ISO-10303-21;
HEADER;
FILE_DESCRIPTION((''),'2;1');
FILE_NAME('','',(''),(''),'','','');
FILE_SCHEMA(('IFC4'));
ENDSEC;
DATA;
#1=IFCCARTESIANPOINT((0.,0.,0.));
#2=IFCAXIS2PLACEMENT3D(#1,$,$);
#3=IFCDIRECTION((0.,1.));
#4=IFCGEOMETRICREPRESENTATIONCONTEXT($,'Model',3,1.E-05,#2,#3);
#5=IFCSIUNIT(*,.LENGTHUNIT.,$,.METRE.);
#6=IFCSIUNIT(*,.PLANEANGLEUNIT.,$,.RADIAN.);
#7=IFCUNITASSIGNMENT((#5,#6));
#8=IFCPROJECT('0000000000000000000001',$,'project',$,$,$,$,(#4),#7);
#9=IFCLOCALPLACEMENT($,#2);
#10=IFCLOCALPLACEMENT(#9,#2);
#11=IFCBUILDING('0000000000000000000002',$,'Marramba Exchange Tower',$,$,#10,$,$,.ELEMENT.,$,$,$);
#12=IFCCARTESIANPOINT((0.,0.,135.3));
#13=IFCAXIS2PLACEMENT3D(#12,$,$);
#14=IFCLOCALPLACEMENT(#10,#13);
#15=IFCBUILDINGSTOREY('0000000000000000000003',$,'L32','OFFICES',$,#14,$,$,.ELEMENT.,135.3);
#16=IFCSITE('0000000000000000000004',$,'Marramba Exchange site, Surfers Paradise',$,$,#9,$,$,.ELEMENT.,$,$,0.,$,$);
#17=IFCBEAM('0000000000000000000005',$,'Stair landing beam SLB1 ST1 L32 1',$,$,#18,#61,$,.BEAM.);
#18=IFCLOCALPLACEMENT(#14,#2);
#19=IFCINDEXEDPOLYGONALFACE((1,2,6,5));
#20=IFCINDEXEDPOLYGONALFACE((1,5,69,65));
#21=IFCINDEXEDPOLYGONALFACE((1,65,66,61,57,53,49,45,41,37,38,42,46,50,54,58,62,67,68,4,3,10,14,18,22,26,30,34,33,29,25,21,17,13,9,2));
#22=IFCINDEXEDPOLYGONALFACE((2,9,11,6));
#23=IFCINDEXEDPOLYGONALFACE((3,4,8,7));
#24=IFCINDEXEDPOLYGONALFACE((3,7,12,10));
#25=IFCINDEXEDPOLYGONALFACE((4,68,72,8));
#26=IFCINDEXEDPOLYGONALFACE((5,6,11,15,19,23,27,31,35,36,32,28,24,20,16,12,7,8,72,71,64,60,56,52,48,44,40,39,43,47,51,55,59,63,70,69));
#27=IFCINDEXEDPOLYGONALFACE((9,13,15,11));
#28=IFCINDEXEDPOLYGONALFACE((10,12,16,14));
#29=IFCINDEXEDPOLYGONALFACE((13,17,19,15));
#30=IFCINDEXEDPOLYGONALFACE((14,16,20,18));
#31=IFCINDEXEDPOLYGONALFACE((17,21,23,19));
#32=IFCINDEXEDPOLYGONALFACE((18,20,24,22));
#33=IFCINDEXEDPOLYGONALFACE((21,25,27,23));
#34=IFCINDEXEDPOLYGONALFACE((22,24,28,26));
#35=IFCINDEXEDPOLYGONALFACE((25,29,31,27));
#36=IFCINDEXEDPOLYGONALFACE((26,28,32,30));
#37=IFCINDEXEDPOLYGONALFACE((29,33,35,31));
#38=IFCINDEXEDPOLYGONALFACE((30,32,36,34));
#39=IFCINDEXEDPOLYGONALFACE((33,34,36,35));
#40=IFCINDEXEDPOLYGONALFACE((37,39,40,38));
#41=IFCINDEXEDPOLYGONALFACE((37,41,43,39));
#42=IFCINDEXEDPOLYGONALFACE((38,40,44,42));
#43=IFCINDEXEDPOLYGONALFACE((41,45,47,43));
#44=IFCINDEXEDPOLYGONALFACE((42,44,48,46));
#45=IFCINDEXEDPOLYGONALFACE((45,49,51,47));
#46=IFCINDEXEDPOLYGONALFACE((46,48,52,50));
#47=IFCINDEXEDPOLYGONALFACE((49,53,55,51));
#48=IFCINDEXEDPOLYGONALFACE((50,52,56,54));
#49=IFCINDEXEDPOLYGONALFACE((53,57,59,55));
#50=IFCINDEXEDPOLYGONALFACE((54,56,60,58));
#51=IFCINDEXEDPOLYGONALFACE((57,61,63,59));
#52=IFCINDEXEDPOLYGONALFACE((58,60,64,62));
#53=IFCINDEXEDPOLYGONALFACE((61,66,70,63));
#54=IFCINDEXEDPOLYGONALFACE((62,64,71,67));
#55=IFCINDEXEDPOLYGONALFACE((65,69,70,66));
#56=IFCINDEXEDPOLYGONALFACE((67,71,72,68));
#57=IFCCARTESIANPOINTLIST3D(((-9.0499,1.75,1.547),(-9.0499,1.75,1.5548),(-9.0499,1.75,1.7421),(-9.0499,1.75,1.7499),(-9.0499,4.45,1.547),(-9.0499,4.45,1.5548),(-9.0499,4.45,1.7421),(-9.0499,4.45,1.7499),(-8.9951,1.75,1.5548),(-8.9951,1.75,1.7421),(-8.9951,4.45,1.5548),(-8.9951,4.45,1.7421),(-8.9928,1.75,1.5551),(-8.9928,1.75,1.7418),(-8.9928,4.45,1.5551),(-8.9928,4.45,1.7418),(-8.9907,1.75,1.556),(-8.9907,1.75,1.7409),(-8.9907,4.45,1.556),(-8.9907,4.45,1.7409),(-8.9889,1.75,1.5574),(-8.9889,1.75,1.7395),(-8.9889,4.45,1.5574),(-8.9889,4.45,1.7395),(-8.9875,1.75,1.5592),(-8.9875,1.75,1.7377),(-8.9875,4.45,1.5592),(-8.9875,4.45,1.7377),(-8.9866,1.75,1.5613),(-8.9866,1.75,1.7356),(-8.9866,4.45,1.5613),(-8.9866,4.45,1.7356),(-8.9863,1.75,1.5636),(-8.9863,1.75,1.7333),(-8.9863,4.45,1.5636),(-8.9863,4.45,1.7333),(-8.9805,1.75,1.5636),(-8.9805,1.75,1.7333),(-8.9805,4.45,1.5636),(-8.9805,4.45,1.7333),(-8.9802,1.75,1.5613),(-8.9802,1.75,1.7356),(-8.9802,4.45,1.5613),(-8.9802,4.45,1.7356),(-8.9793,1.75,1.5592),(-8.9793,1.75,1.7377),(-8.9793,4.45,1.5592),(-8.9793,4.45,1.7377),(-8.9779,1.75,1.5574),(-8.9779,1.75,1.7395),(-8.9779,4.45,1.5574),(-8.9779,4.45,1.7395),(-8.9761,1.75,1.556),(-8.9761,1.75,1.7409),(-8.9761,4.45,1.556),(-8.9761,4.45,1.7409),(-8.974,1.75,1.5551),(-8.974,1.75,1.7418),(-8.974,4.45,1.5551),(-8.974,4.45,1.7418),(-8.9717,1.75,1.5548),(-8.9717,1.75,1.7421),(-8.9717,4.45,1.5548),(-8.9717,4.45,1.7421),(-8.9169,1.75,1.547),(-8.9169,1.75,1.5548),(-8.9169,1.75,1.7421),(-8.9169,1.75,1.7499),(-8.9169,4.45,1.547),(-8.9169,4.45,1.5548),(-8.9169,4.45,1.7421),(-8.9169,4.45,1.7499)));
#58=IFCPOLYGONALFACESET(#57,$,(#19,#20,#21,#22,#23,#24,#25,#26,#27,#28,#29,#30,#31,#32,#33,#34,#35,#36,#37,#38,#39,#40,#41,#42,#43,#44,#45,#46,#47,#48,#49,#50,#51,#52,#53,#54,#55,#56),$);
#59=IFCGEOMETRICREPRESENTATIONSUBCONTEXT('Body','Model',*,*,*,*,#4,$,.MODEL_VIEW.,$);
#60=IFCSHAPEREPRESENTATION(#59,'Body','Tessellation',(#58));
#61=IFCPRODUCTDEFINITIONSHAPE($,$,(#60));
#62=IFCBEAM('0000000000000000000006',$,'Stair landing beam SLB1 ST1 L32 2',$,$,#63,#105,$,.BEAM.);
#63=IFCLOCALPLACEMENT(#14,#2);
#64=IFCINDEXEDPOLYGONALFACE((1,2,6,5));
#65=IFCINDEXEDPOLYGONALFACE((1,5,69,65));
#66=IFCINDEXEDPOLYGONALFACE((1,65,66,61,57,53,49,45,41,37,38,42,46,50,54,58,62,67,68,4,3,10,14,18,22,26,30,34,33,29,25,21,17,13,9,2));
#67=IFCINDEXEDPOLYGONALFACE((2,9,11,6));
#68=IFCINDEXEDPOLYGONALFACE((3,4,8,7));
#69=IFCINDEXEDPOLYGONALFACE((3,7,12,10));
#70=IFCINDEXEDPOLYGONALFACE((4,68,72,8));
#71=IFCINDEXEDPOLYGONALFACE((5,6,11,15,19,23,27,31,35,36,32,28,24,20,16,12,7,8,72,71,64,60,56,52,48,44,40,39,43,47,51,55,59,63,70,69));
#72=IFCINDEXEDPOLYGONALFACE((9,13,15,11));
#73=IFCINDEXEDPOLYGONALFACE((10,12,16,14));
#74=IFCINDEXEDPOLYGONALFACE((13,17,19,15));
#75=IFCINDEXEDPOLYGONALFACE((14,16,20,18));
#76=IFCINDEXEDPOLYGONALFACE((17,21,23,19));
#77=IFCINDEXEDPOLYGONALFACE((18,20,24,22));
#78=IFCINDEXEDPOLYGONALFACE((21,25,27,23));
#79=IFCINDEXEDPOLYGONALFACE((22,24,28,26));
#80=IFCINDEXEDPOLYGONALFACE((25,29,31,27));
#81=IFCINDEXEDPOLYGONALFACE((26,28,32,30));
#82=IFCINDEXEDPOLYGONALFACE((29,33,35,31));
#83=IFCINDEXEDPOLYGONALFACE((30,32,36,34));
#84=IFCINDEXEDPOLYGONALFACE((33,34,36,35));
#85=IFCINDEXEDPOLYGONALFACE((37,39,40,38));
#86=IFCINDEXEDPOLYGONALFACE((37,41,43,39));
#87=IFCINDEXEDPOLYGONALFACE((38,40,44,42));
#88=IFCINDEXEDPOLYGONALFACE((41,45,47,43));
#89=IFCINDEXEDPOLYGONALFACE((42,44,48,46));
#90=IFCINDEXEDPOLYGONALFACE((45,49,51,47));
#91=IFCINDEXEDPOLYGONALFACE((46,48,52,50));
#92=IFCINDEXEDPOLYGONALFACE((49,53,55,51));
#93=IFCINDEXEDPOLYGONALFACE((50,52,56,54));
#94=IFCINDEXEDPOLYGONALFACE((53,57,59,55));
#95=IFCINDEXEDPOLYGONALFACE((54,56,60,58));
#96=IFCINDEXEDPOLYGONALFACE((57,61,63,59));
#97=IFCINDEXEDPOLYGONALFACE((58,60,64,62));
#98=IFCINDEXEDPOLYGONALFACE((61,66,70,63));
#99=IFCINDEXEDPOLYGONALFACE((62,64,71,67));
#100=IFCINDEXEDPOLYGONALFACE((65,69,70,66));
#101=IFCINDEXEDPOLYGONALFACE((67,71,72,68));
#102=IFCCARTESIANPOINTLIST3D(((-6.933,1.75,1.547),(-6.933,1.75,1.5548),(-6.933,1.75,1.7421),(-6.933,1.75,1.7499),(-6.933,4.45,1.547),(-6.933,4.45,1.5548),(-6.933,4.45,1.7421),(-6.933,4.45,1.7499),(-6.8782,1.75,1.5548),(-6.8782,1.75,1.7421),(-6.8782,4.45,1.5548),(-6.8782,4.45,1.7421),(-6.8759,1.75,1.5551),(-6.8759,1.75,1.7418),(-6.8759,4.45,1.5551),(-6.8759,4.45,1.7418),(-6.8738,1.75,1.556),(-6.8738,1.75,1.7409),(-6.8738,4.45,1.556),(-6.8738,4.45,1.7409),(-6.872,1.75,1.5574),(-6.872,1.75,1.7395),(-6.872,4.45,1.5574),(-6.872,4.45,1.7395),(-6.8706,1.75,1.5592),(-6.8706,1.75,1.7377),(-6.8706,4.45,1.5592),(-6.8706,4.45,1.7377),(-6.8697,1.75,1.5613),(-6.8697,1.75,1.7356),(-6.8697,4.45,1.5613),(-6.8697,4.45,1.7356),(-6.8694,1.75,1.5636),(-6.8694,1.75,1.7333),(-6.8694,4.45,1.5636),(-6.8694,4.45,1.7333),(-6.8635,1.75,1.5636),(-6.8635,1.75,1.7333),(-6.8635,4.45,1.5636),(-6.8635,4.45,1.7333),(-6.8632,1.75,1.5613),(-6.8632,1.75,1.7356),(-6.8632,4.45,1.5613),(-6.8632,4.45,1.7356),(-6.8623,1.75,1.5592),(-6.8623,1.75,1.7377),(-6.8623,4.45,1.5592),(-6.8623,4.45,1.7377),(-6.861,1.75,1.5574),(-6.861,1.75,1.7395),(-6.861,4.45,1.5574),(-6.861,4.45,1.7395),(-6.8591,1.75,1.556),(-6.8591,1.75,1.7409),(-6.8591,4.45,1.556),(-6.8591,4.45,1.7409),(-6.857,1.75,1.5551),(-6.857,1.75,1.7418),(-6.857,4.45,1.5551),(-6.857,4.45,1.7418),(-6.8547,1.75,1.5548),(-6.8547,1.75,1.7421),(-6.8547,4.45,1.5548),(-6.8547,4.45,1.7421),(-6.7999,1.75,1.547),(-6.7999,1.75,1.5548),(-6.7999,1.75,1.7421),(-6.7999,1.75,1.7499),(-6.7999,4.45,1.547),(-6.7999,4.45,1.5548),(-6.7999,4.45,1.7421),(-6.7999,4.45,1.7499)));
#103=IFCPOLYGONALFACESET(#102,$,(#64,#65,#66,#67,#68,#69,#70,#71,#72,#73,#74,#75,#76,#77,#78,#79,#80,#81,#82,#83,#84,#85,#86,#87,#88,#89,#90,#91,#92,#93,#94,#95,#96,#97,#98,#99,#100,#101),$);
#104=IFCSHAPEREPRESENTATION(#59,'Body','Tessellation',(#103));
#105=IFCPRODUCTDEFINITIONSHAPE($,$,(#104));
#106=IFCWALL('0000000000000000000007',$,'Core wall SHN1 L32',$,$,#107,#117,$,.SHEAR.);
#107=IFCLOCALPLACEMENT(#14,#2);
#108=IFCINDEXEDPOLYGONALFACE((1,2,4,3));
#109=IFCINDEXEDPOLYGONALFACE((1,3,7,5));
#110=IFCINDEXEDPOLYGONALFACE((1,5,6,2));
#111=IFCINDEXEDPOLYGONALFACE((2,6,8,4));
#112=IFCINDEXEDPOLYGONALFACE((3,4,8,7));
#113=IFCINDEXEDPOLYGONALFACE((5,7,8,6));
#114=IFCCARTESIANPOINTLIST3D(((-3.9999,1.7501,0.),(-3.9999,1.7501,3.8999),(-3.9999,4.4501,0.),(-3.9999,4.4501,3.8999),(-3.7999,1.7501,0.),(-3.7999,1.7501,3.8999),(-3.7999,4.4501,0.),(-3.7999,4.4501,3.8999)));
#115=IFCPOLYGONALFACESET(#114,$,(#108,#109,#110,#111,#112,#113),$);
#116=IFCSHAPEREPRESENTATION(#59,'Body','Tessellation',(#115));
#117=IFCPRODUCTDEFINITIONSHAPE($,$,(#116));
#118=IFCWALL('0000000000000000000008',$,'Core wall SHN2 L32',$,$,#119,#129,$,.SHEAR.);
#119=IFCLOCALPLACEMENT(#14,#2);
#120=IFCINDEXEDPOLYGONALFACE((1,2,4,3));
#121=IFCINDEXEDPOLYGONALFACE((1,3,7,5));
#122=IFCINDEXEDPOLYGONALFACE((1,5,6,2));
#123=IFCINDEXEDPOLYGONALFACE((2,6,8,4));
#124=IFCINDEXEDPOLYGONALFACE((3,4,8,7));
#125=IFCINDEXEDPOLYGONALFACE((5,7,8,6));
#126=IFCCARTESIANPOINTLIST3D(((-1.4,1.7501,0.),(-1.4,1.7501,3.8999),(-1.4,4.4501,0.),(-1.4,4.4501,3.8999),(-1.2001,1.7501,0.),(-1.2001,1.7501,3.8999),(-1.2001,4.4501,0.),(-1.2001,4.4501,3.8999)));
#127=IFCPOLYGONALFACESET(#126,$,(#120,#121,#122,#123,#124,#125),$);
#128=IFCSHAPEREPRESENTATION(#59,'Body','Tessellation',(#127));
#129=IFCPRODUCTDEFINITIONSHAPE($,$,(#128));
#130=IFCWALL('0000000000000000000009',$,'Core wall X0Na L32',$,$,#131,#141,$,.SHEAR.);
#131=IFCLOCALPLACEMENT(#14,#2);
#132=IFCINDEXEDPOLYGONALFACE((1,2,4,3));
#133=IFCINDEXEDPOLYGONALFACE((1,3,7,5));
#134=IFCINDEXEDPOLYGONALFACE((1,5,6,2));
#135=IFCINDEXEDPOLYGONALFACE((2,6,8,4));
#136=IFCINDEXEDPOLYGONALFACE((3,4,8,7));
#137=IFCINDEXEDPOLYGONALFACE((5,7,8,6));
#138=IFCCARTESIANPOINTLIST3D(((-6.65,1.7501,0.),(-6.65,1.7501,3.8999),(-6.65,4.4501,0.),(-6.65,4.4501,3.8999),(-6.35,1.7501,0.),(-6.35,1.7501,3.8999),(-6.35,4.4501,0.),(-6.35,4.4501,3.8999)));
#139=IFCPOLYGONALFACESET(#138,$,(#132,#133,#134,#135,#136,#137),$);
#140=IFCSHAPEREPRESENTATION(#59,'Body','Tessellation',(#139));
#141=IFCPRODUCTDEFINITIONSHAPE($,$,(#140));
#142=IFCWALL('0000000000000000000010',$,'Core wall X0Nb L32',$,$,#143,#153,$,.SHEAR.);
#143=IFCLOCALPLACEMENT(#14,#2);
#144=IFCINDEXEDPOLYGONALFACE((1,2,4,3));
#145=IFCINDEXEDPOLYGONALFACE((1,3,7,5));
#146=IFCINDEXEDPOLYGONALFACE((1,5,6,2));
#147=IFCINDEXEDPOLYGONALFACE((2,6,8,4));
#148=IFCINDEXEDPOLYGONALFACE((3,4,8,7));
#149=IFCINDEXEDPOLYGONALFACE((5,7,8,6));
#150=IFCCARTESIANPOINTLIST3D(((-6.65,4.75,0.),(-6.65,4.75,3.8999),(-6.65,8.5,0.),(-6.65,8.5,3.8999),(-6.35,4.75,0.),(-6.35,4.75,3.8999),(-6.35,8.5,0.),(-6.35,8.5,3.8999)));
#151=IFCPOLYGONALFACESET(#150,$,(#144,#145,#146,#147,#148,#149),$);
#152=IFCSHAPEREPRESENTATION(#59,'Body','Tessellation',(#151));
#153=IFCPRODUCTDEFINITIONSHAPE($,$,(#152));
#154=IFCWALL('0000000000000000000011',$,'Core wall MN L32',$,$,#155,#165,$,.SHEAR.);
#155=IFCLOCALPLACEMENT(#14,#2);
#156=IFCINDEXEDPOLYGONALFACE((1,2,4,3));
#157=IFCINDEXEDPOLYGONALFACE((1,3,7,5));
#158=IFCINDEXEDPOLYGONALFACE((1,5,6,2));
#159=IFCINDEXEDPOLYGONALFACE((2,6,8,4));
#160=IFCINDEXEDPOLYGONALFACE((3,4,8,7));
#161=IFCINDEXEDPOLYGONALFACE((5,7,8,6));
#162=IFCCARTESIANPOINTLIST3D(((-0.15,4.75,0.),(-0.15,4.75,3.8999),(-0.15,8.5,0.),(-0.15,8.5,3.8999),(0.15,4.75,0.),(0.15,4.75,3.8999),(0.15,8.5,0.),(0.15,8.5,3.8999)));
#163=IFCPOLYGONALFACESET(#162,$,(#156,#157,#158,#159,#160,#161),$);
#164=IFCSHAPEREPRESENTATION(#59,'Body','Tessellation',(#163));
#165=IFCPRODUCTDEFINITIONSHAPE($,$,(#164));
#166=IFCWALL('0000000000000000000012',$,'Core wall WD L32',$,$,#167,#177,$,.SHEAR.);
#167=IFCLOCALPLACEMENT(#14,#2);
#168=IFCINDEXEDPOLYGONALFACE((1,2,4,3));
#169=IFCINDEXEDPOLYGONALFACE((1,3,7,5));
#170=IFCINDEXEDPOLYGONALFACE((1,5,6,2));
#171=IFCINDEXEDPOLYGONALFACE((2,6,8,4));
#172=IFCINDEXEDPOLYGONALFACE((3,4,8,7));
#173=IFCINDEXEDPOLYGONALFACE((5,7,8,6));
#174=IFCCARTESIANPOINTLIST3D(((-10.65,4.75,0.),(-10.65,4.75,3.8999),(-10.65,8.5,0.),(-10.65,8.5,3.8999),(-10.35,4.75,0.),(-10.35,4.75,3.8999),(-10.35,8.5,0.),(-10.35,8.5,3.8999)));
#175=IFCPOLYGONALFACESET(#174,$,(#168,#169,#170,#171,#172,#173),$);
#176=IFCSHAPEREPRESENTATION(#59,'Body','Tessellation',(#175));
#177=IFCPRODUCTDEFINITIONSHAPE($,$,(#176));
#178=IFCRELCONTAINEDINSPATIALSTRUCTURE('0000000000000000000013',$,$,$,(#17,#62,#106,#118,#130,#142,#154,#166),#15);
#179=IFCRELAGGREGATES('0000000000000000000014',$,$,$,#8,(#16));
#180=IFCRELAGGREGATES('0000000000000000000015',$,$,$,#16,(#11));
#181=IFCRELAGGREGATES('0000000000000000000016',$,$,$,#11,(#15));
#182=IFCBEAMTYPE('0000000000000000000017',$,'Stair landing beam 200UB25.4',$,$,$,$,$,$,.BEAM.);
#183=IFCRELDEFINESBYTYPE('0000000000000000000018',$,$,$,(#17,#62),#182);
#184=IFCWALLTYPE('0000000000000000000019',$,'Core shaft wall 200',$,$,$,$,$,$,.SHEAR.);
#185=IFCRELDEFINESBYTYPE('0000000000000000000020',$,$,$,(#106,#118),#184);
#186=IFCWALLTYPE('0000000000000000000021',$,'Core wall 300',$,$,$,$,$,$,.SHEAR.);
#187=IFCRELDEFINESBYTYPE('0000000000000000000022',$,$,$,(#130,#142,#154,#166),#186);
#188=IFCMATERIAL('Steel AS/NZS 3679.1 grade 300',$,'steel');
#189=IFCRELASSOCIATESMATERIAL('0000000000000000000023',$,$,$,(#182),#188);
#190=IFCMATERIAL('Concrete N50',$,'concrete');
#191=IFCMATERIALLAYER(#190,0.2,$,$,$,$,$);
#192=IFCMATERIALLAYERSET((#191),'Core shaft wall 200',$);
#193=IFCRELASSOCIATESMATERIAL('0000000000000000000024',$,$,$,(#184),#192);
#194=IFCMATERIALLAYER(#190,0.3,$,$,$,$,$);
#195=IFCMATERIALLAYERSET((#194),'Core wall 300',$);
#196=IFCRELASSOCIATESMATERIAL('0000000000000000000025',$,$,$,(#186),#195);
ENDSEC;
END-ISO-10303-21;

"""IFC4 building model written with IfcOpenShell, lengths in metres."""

from ifc_helpers import new_model, si_unit, direction, frame, frame_2d, origin, origin_2d, place, context, subcontext, project, spatial, rectangle, i_section, extrude, material, layer, layer_set, material_profile, profile_set, type_object, element, save


model = new_model("IFC4")

# Units and contexts
model_context = context("Model", 3, precision=1e-05, world=origin(), true_north=direction((0.0, 1.0)))
body_context = subcontext(model_context, "Body", "Model", "MODEL_VIEW")
ifc_project = project(units=[si_unit("LENGTHUNIT", "METRE"), si_unit("PLANEANGLEUNIT", "RADIAN")], contexts=[model_context])

# Site, building, storey
site_placement = place(None, origin())
site = spatial("IfcSite", under=ifc_project, at=site_placement, Name="Marramba Exchange site, Surfers Paradise", CompositionType="ELEMENT", RefElevation=0.0)
building_placement = place(site_placement, origin())
building = spatial("IfcBuilding", under=site, at=building_placement, Name="Marramba Exchange Tower", CompositionType="ELEMENT")
storey_placement = place(building_placement, frame((0.0, 0.0, 135.3)))
storey = spatial("IfcBuildingStorey", under=building, at=storey_placement, Name="L32", Description="OFFICES", CompositionType="ELEMENT", Elevation=135.3)

# Shared definitions
ifc_material_1 = material(Name="Concrete N50", Category="concrete")

# Beams
ifc_material_2 = material(Name="Steel AS/NZS 3679.1 grade 300", Category="steel")
ifc_material_profile_1 = material_profile(ifc_material_2, i_section(OverallWidth=0.1331, OverallDepth=0.2029, WebThickness=0.0059, FlangeThickness=0.0078, FilletRadius=0.0088, at=origin_2d()), Name="200UB25.4")
ifc_profile_set_1 = profile_set([ifc_material_profile_1], Name="Steel AS/NZS 3679.1 grade 300")
beam_type_1 = type_object("IfcBeamType", Name="Stair landing beam 200UB25.4", PredefinedType="BEAM", material=ifc_profile_set_1)
for number, where, z_axis, x_axis, name in (
    (1, (-8.9834, 1.75, 1.6484), (0.0, 1.0, 0.0), (-1.0, 0.0, 0.0), "Stair landing beam SLB1 ST1 L32 1"),
    (2, (-6.8665, 1.75, 1.6484), (0.0, 1.0, 0.0), (-1.0, 0.0, 0.0), "Stair landing beam SLB1 ST1 L32 2"),
):
    element("IfcBeam", number, at=place(storey_placement, frame(where, z_axis=z_axis, x_axis=x_axis)), inside=storey, type_object=beam_type_1, Name=name, PredefinedType="BEAM", context=body_context, shape_type="SweptSolid", body=[
        extrude(i_section(OverallWidth=0.1331, OverallDepth=0.2029, WebThickness=0.0059, FlangeThickness=0.0078, FilletRadius=0.0088, at=origin_2d()), origin(), (0.0, 0.0, 1.0), 2.7),
    ])

# Walls
ifc_layer_1 = layer(ifc_material_1, 0.2)
ifc_layer_set_1 = layer_set([ifc_layer_1], Name="Core shaft wall 200")
wall_type_1 = type_object("IfcWallType", Name="Core shaft wall 200", PredefinedType="SHEAR", material=ifc_layer_set_1)
for number, where, z_axis, x_axis, name in (
    (3, (-3.8999, 1.75, 0.0), (0.0, 0.0, 1.0), (0.0, 1.0, 0.0), "Core wall SHN1 L32"),
    (4, (-1.3, 1.75, 0.0), (0.0, 0.0, 1.0), (0.0, 1.0, 0.0), "Core wall SHN2 L32"),
):
    element("IfcWall", number, at=place(storey_placement, frame(where, z_axis=z_axis, x_axis=x_axis)), inside=storey, type_object=wall_type_1, Name=name, PredefinedType="SHEAR", context=body_context, shape_type="SweptSolid", body=[
        extrude(rectangle(XDim=2.7, YDim=0.2, at=frame_2d((1.3501, 0.0))), origin(), (0.0, 0.0, 1.0), 3.8999),
    ])
ifc_layer_2 = layer(ifc_material_1, 0.3)
ifc_layer_set_2 = layer_set([ifc_layer_2], Name="Core wall 300")
wall_type_2 = type_object("IfcWallType", Name="Core wall 300", PredefinedType="SHEAR", material=ifc_layer_set_2)
wall_1_placement = place(storey_placement, frame((-6.5, 1.75, 0.0), z_axis=(0.0, 0.0, 1.0), x_axis=(0.0, 1.0, 0.0)))
element("IfcWall", 5, at=wall_1_placement, inside=storey, type_object=wall_type_2, Name="Core wall X0Na L32", PredefinedType="SHEAR", context=body_context, shape_type="SweptSolid", body=[
    extrude(rectangle(XDim=2.7, YDim=0.3, at=frame_2d((1.3501, 0.0))), origin(), (0.0, 0.0, 1.0), 3.8999),
])
for number, where, z_axis, x_axis, name in (
    (6, (-6.5, 4.75, 0.0), (0.0, 0.0, 1.0), (0.0, 1.0, 0.0), "Core wall X0Nb L32"),
    (7, (0.0, 4.75, 0.0), (0.0, 0.0, 1.0), (0.0, 1.0, 0.0), "Core wall MN L32"),
    (8, (-10.5, 4.75, 0.0), (0.0, 0.0, 1.0), (0.0, 1.0, 0.0), "Core wall WD L32"),
):
    element("IfcWall", number, at=place(storey_placement, frame(where, z_axis=z_axis, x_axis=x_axis)), inside=storey, type_object=wall_type_2, Name=name, PredefinedType="SHEAR", context=body_context, shape_type="SweptSolid", body=[
        extrude(rectangle(XDim=3.75, YDim=0.3, at=frame_2d((1.875, 0.0))), origin(), (0.0, 0.0, 1.0), 3.8999),
    ])

save(model, "model.ifc")
